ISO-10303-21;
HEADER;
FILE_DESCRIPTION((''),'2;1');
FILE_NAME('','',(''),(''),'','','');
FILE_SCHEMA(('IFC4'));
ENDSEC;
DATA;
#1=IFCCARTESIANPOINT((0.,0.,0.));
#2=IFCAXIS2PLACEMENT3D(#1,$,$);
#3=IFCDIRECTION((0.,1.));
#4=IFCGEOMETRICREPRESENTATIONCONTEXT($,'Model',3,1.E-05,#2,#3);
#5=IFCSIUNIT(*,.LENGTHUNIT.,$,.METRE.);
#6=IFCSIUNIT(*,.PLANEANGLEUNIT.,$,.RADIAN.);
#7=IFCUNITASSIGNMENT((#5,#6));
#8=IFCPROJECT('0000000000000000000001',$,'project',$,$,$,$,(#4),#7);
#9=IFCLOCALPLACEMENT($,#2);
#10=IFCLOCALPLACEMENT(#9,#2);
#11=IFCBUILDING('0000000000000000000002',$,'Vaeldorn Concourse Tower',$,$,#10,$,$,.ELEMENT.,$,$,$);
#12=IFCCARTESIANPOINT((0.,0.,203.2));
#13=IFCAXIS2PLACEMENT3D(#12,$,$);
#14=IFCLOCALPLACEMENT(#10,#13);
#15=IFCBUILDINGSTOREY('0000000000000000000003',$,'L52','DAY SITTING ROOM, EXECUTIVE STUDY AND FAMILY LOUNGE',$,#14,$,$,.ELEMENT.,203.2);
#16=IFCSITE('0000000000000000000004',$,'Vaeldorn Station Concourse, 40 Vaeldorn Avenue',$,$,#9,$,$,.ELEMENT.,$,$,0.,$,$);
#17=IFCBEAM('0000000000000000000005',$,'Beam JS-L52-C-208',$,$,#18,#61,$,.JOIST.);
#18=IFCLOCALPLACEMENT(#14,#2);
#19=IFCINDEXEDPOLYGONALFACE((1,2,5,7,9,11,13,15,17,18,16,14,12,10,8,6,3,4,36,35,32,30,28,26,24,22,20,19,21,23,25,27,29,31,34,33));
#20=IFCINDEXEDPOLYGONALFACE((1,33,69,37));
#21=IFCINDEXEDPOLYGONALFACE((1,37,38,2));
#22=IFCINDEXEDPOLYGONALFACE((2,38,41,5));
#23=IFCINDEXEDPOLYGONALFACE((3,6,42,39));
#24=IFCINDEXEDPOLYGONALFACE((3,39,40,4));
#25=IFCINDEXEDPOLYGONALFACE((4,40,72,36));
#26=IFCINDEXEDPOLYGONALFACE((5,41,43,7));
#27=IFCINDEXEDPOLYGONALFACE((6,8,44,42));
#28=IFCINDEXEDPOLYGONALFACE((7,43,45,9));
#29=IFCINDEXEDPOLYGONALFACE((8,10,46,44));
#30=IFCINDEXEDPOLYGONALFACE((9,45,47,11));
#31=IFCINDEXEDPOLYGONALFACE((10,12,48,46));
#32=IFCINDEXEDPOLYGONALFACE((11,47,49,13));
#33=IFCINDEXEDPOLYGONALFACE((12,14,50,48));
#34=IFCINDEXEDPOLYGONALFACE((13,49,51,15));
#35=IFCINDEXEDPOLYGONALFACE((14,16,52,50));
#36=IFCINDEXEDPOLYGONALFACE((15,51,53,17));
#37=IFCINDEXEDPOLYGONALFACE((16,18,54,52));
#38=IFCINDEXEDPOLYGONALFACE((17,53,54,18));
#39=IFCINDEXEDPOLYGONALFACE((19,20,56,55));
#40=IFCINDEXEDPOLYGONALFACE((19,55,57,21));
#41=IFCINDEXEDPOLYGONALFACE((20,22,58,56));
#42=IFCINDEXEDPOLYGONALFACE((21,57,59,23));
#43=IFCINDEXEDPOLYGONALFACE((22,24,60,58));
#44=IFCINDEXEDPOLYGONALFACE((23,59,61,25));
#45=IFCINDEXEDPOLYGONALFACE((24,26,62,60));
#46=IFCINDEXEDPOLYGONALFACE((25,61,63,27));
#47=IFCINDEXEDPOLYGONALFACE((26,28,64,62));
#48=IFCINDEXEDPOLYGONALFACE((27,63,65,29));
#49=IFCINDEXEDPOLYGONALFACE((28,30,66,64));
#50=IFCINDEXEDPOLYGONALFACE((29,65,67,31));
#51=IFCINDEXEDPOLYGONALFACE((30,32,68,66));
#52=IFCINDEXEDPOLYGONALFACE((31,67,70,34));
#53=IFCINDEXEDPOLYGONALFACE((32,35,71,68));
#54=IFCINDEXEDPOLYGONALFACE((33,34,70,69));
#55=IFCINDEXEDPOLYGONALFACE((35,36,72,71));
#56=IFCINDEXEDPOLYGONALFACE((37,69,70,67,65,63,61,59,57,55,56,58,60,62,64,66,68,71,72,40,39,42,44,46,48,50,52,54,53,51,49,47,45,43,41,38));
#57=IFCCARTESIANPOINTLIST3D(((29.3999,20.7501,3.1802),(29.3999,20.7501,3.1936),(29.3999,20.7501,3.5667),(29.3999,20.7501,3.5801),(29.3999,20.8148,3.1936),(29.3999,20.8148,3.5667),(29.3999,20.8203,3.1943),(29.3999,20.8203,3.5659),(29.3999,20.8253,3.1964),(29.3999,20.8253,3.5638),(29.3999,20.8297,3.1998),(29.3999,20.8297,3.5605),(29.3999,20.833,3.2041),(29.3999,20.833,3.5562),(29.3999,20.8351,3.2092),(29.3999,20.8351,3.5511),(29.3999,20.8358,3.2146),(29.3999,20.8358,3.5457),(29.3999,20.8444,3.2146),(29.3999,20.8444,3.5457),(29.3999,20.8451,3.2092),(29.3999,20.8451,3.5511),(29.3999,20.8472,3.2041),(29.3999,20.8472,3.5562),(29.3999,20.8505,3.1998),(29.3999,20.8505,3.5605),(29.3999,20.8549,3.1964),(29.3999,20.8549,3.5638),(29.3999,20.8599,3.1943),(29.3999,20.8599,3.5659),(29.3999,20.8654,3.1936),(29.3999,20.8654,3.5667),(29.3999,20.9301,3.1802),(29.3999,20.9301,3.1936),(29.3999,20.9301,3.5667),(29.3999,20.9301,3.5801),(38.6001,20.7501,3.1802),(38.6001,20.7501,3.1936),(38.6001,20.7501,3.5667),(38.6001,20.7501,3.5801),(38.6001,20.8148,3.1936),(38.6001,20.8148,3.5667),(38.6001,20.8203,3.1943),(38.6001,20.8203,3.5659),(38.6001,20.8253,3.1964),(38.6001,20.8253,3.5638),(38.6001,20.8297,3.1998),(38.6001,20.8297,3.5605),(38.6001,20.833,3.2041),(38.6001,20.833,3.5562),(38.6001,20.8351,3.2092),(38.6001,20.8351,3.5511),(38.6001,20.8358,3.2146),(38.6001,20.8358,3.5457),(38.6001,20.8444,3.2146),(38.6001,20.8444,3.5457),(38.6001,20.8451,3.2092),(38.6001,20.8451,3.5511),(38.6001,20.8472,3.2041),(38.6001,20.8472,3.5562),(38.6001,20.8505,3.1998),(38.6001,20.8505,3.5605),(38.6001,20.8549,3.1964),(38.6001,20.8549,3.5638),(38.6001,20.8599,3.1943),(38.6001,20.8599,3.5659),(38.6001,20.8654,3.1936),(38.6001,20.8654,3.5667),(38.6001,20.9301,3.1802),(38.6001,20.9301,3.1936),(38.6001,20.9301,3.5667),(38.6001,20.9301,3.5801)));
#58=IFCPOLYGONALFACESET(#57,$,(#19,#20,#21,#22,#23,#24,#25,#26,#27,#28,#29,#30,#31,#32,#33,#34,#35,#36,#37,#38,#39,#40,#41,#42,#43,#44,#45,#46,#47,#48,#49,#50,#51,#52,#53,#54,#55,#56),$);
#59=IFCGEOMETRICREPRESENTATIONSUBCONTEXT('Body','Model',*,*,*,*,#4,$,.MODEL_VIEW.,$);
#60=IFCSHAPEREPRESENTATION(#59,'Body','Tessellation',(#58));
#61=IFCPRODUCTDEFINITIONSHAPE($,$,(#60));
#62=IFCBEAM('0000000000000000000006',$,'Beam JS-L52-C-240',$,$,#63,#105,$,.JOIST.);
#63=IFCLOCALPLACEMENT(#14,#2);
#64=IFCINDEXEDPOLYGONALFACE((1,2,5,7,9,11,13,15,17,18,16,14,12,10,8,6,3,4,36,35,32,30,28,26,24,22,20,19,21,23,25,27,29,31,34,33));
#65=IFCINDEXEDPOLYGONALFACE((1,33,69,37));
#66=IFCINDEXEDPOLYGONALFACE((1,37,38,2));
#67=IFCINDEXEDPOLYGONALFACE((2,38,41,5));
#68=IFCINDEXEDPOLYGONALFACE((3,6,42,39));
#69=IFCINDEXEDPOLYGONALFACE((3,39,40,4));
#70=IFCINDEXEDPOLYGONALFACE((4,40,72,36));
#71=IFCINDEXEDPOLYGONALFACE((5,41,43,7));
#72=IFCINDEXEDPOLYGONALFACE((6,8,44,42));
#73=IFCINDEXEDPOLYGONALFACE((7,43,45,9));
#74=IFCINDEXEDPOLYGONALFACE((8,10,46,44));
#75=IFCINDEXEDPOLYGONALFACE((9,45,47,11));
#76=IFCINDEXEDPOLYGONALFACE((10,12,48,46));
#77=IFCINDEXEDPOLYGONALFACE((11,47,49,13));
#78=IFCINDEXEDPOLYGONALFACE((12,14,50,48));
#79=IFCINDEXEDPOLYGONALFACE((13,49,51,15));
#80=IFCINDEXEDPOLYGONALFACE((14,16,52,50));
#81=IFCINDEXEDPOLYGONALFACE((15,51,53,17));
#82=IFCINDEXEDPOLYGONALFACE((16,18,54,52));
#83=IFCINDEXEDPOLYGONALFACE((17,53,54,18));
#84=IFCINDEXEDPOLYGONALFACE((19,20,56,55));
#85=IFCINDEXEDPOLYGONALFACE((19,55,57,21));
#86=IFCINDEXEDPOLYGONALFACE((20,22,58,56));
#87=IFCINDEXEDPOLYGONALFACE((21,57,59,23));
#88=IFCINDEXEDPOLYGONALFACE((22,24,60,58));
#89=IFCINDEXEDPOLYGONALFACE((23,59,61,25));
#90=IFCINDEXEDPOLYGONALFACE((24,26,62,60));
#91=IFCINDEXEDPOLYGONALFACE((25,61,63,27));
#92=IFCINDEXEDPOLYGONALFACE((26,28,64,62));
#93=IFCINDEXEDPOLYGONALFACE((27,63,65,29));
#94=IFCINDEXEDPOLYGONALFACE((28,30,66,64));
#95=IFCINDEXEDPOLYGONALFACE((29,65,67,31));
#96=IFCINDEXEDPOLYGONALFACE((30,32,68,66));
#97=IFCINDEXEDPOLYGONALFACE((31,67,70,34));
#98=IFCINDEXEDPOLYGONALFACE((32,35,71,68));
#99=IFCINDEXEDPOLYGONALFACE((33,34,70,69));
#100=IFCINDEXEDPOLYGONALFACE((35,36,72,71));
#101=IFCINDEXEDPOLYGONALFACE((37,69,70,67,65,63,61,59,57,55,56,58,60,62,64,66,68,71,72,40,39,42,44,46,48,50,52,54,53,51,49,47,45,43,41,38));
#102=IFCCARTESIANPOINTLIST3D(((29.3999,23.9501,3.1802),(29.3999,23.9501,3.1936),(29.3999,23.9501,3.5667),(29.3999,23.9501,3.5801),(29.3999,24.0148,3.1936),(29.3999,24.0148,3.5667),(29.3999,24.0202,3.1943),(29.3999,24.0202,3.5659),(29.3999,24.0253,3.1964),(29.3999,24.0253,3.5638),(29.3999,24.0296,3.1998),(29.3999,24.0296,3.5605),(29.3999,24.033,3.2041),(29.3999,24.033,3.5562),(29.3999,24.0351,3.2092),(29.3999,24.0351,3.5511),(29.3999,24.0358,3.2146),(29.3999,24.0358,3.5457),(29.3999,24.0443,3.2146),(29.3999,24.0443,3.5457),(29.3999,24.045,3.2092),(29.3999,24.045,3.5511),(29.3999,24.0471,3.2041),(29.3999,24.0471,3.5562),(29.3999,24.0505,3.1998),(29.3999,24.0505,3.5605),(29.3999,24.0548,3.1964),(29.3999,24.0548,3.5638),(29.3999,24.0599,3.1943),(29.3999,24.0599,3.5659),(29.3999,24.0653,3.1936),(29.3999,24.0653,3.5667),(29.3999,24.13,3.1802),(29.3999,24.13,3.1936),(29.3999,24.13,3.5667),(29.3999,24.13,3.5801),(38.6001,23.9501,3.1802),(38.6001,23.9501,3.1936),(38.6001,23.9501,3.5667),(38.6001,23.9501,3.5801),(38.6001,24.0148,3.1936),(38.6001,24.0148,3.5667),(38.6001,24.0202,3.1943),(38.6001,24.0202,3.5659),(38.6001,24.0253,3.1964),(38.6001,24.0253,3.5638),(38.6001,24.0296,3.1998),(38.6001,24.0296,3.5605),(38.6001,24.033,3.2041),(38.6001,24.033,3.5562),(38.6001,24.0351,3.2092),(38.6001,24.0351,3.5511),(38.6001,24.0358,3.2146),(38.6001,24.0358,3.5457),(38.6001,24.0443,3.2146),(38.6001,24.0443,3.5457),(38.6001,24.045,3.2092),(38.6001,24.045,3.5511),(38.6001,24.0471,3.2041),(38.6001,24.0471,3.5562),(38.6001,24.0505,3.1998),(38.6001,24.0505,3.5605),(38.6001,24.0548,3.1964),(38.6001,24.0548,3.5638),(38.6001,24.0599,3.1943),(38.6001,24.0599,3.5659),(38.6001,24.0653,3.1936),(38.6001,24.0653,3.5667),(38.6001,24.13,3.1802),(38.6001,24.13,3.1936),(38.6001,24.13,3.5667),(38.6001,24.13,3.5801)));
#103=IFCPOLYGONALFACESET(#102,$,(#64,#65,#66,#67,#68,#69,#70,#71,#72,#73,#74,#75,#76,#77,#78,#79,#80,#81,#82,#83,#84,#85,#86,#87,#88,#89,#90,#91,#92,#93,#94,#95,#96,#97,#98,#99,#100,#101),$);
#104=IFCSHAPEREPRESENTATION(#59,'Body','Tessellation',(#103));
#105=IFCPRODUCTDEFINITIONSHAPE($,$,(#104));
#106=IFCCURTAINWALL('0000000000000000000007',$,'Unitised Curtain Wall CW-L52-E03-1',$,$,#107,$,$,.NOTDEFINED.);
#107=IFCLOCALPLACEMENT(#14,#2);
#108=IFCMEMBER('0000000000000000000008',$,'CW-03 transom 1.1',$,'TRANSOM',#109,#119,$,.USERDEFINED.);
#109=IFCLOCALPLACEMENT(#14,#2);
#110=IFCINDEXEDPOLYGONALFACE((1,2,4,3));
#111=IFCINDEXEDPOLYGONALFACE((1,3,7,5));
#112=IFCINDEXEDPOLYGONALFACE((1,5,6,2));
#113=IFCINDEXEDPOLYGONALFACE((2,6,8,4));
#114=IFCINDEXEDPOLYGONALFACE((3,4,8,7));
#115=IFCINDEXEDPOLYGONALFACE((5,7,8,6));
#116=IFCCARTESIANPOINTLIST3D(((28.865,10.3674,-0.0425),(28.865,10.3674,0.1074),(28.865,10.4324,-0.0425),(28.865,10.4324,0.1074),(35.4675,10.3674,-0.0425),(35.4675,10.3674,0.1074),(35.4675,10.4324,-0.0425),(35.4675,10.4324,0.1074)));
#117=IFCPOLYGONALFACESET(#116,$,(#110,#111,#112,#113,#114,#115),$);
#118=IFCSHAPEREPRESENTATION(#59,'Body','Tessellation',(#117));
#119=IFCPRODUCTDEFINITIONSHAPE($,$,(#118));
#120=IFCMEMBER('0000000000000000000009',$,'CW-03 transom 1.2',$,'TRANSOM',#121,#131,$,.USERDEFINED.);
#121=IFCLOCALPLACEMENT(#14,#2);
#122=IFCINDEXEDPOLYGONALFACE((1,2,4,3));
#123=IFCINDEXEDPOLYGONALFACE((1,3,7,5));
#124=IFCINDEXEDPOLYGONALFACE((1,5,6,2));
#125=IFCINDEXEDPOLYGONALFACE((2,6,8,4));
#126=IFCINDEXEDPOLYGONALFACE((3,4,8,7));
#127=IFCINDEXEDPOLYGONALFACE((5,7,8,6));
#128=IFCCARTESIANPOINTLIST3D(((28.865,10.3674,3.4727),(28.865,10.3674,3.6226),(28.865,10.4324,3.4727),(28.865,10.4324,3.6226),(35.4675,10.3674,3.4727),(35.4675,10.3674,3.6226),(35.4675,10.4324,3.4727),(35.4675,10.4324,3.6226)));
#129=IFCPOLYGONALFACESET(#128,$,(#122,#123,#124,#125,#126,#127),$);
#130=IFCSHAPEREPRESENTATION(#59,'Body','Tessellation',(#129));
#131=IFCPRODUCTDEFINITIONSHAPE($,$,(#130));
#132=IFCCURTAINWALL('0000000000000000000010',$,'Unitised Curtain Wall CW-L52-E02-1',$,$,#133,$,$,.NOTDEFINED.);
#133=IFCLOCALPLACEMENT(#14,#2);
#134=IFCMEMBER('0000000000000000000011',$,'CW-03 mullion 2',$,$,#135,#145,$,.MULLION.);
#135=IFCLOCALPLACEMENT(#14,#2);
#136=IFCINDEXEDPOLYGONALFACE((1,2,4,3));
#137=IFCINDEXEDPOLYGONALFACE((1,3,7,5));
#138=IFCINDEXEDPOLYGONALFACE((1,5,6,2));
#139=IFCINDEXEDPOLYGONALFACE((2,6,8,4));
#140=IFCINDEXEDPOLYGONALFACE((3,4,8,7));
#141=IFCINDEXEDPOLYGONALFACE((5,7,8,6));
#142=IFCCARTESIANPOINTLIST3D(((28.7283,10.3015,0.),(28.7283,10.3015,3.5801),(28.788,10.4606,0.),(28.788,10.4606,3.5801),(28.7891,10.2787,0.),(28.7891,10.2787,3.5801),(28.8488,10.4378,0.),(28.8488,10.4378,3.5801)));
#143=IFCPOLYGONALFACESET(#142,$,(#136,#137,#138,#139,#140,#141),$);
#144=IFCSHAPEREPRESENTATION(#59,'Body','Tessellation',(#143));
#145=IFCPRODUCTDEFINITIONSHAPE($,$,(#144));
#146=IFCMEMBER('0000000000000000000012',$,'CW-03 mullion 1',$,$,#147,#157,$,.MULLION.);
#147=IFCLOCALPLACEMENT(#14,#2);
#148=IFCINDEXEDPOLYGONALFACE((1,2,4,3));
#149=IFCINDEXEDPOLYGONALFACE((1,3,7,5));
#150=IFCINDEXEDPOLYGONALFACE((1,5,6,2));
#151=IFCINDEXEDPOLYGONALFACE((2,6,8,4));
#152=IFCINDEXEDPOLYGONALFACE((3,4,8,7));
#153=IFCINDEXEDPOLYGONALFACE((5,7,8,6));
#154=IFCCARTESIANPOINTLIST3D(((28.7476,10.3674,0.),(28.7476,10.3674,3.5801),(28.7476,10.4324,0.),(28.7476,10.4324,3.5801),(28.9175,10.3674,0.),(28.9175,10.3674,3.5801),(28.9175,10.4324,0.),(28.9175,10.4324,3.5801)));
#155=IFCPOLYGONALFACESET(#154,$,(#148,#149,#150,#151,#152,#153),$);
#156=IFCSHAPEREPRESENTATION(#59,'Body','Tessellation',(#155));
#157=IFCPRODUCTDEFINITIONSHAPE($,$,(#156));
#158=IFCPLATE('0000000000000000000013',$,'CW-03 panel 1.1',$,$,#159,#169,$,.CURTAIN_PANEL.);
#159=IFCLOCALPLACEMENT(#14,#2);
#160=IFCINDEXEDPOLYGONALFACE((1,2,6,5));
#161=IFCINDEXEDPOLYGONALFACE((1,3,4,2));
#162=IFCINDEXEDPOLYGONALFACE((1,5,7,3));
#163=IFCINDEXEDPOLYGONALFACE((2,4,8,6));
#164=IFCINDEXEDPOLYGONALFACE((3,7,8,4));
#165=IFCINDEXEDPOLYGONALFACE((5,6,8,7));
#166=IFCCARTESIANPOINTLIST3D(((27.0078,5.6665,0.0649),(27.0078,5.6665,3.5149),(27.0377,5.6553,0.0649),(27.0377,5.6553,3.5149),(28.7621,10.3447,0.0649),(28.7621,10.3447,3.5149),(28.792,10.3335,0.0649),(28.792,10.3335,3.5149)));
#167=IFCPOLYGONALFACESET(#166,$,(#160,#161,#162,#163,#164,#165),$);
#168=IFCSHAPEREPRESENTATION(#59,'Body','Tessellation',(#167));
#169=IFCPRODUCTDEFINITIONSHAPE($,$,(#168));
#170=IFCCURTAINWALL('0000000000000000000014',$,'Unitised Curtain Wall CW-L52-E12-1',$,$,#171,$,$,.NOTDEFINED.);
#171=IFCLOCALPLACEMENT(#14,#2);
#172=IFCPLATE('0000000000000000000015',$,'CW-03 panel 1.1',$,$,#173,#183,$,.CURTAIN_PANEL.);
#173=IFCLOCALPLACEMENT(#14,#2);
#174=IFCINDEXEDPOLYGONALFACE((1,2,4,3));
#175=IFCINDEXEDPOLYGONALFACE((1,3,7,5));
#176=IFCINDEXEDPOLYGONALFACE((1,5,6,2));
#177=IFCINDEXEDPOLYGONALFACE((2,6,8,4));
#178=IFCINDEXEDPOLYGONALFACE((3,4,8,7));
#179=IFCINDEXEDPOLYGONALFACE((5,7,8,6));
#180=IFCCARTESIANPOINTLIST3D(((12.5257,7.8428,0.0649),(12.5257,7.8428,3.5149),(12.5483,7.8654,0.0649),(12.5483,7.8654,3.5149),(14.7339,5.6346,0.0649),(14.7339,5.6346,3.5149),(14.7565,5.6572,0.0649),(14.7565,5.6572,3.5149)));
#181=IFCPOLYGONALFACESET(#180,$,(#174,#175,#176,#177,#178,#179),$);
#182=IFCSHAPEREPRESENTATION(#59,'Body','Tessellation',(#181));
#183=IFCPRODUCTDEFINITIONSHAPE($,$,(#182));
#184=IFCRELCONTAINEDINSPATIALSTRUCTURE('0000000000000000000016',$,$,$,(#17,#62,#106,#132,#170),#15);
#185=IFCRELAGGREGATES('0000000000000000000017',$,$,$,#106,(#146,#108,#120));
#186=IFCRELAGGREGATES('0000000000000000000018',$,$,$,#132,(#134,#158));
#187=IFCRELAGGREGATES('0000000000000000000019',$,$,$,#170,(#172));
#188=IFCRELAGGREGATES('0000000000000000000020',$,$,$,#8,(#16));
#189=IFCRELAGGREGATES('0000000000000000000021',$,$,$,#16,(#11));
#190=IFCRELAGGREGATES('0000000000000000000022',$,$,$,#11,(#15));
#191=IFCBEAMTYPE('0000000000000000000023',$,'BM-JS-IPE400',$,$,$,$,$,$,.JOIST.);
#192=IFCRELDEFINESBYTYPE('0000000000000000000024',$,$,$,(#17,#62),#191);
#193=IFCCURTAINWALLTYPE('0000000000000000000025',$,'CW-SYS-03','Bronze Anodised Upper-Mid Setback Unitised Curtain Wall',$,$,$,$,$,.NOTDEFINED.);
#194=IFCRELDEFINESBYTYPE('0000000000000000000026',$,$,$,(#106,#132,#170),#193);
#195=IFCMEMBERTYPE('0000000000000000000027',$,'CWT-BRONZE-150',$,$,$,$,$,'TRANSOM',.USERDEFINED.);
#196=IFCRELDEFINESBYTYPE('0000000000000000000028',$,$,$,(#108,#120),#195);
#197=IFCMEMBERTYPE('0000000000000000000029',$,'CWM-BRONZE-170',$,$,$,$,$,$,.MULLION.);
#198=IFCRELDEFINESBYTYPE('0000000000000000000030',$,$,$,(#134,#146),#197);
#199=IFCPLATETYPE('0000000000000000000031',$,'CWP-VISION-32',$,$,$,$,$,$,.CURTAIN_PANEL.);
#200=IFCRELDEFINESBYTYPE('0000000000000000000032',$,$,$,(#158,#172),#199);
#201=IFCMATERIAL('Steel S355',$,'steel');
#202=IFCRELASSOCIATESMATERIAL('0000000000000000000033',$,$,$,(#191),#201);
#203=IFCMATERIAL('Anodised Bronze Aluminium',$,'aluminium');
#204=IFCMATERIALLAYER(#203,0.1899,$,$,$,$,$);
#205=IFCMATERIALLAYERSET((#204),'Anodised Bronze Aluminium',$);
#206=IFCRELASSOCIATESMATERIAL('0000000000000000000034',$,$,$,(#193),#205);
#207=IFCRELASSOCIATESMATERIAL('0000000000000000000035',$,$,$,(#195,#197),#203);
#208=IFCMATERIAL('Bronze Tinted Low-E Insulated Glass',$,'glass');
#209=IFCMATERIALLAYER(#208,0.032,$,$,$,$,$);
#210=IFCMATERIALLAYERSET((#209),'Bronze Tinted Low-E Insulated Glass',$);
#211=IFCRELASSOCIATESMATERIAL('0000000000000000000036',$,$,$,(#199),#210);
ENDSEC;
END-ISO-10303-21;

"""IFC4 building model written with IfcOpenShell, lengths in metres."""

from ifc_helpers import new_model, si_unit, direction, frame, origin, origin_2d, place, context, subcontext, project, spatial, rectangle, i_section, extrude, source, transform, mapped, material, layer, layer_set, material_profile, profile_set, type_object, element, aggregate, save


model = new_model("IFC4")

# Units and contexts
model_context = context("Model", 3, precision=1e-05, world=origin(), true_north=direction((0.0, 1.0)))
body_context = subcontext(model_context, "Body", "Model", "MODEL_VIEW")
ifc_project = project(units=[si_unit("LENGTHUNIT", "METRE"), si_unit("PLANEANGLEUNIT", "RADIAN")], contexts=[model_context])

# Site, building, storey
site_placement = place(None, origin())
site = spatial("IfcSite", under=ifc_project, at=site_placement, Name="Vaeldorn Station Concourse, 40 Vaeldorn Avenue", CompositionType="ELEMENT", RefElevation=0.0)
building_placement = place(site_placement, origin())
building = spatial("IfcBuilding", under=site, at=building_placement, Name="Vaeldorn Concourse Tower", CompositionType="ELEMENT")
storey_placement = place(building_placement, frame((0.0, 0.0, 203.2)))
storey = spatial("IfcBuildingStorey", under=building, at=storey_placement, Name="L52", Description="DAY SITTING ROOM, EXECUTIVE STUDY AND FAMILY LOUNGE", CompositionType="ELEMENT", Elevation=203.2)

# Shared definitions
ifc_material_1 = material(Name="Steel S355", Category="steel")

# Beams
ifc_material_profile_1 = material_profile(ifc_material_1, i_section(OverallWidth=0.1799, OverallDepth=0.3999, WebThickness=0.0085, FlangeThickness=0.0134, FilletRadius=0.021, at=origin_2d()), Name="IPE 400")
ifc_profile_set_1 = profile_set([ifc_material_profile_1], Name="Steel S355")
beam_type_1 = type_object("IfcBeamType", Name="BM-JS-IPE400", PredefinedType="JOIST", material=ifc_profile_set_1)
shared_shape_1 = source(origin(), body_context, "Body", "SweptSolid", [
    extrude(i_section(OverallWidth=0.1799, OverallDepth=0.3999, WebThickness=0.0085, FlangeThickness=0.0134, FilletRadius=0.021, at=origin_2d()), origin(), (0.0, 0.0, 1.0), 9.2002),
])
for number, where, z_axis, x_axis, name in (
    (1, (29.3999, 20.8401, 3.3801), (1.0, 0.0, 0.0), (0.0, 1.0, 0.0), "Beam JS-L52-C-208"),
    (2, (29.3999, 24.04, 3.3801), (1.0, 0.0, 0.0), (0.0, 1.0, 0.0), "Beam JS-L52-C-240"),
):
    element("IfcBeam", number, at=place(storey_placement, frame(where, z_axis=z_axis, x_axis=x_axis)), inside=storey, type_object=beam_type_1, Name=name, PredefinedType="JOIST", context=body_context, shape_type="MappedRepresentation", body=[
        mapped(shared_shape_1, transform((0.0, 0.0, 0.0), scale=1.0)),
    ])

# Curtain wall, members
ifc_material_2 = material(Name="Anodised Bronze Aluminium", Category="aluminium")
ifc_layer_1 = layer(ifc_material_2, 0.1899)
ifc_layer_set_1 = layer_set([ifc_layer_1], Name="Anodised Bronze Aluminium")
curtain_wall_type = type_object("IfcCurtainWallType", Name="CW-SYS-03", Description="Bronze Anodised Upper-Mid Setback Unitised Curtain Wall", PredefinedType="NOTDEFINED", material=ifc_layer_set_1)
curtain_wall_1_placement = place(storey_placement, origin())
curtain_wall_1 = element("IfcCurtainWall", 3, at=curtain_wall_1_placement, inside=storey, type_object=curtain_wall_type, Name="Unitised Curtain Wall CW-L52-E03-1", PredefinedType="NOTDEFINED")
ifc_material_profile_2 = material_profile(ifc_material_2, rectangle(XDim=0.0649, YDim=0.1499, at=origin_2d()), Name="CWT 65x150")
ifc_profile_set_2 = profile_set([ifc_material_profile_2], Name="Anodised Bronze Aluminium")
member_type_1 = type_object("IfcMemberType", Name="CWT-BRONZE-150", ElementType="TRANSOM", PredefinedType="USERDEFINED", material=ifc_profile_set_2)
shared_shape_2 = source(origin(), body_context, "Body", "SweptSolid", [
    extrude(rectangle(XDim=0.0649, YDim=0.1499, at=origin_2d()), origin(), (0.0, 0.0, 1.0), 6.6025),
])
member_1_placement = place(storey_placement, frame((28.865, 10.3999, 0.0325), z_axis=(1.0, 0.0, 0.0), x_axis=(0.0, 1.0, 0.0)))
member_1 = element("IfcMember", 4, at=member_1_placement, type_object=member_type_1, Name="CW-03 transom 1.1", ObjectType="TRANSOM", PredefinedType="USERDEFINED", context=body_context, shape_type="MappedRepresentation", body=[
    mapped(shared_shape_2, transform((0.0, 0.0, 0.0), scale=1.0)),
])
member_2_placement = place(storey_placement, frame((28.865, 10.3999, 3.5476), z_axis=(1.0, 0.0, 0.0), x_axis=(0.0, 1.0, 0.0)))
member_2 = element("IfcMember", 5, at=member_2_placement, type_object=member_type_1, Name="CW-03 transom 1.2", ObjectType="TRANSOM", PredefinedType="USERDEFINED", context=body_context, shape_type="MappedRepresentation", body=[
    mapped(shared_shape_2, transform((0.0, 0.0, 0.0), scale=1.0)),
])

# Curtain wall, member
curtain_wall_2_placement = place(storey_placement, origin())
curtain_wall_2 = element("IfcCurtainWall", 6, at=curtain_wall_2_placement, inside=storey, type_object=curtain_wall_type, Name="Unitised Curtain Wall CW-L52-E02-1", PredefinedType="NOTDEFINED")
ifc_material_profile_3 = material_profile(ifc_material_2, rectangle(XDim=0.0649, YDim=0.1699, at=origin_2d()), Name="CWM 65x170")
ifc_profile_set_3 = profile_set([ifc_material_profile_3], Name="Anodised Bronze Aluminium")
member_type_2 = type_object("IfcMemberType", Name="CWM-BRONZE-170", PredefinedType="MULLION", material=ifc_profile_set_3)
shared_shape_3 = source(origin(), body_context, "Body", "SweptSolid", [
    extrude(rectangle(XDim=0.0649, YDim=0.1699, at=origin_2d()), origin(), (0.0, 0.0, 1.0), 3.5801),
])
member_3_placement = place(storey_placement, frame((28.7886, 10.3696, 0.0), z_axis=(0.0, 0.0, 1.0), x_axis=(-0.936329, 0.351123, 0.0)))
member_3 = element("IfcMember", 7, at=member_3_placement, type_object=member_type_2, Name="CW-03 mullion 2", PredefinedType="MULLION", context=body_context, shape_type="MappedRepresentation", body=[
    mapped(shared_shape_3, transform((0.0, 0.0, 0.0), scale=1.0)),
])

# Member
member_4_placement = place(storey_placement, frame((28.8325, 10.3999, 0.0), z_axis=(0.0, 0.0, 1.0), x_axis=(0.0, 1.0, 0.0)))
member_4 = element("IfcMember", 8, at=member_4_placement, type_object=member_type_2, Name="CW-03 mullion 1", PredefinedType="MULLION", context=body_context, shape_type="MappedRepresentation", body=[
    mapped(shared_shape_3, transform((0.0, 0.0, 0.0), scale=1.0)),
])
aggregate(curtain_wall_1, [member_4, member_1, member_2])

# Plate
ifc_material_3 = material(Name="Bronze Tinted Low-E Insulated Glass", Category="glass")
ifc_layer_2 = layer(ifc_material_3, 0.032)
ifc_layer_set_2 = layer_set([ifc_layer_2], Name="Bronze Tinted Low-E Insulated Glass")
plate_type = type_object("IfcPlateType", Name="CWP-VISION-32", PredefinedType="CURTAIN_PANEL", material=ifc_layer_set_2)
shared_shape_4 = source(origin(), body_context, "Body", "SweptSolid", [
    extrude(rectangle(XDim=4.9963, YDim=0.032, at=origin_2d()), origin(), (0.0, 0.0, 1.0), 3.45),
])
plate_1_placement = place(storey_placement, frame((27.8999, 8.0, 0.0649), z_axis=(0.0, 0.0, 1.0), x_axis=(0.351123, 0.936329, 0.0)))
plate_1 = element("IfcPlate", 9, at=plate_1_placement, type_object=plate_type, Name="CW-03 panel 1.1", PredefinedType="CURTAIN_PANEL", context=body_context, shape_type="MappedRepresentation", body=[
    mapped(shared_shape_4, transform((0.0, 0.0, 0.0), scale=1.0)),
])
aggregate(curtain_wall_2, [member_3, plate_1])

# Curtain wall, plate
curtain_wall_3_placement = place(storey_placement, origin())
curtain_wall_3 = element("IfcCurtainWall", 10, at=curtain_wall_3_placement, inside=storey, type_object=curtain_wall_type, Name="Unitised Curtain Wall CW-L52-E12-1", PredefinedType="NOTDEFINED")
shared_shape_5 = source(origin(), body_context, "Body", "SweptSolid", [
    extrude(rectangle(XDim=3.1228, YDim=0.032, at=origin_2d()), origin(), (0.0, 0.0, 1.0), 3.45),
])
plate_2_placement = place(storey_placement, frame((13.6411, 6.75, 0.0649), z_axis=(0.0, 0.0, 1.0), x_axis=(0.707107, -0.707107, 0.0)))
plate_2 = element("IfcPlate", 11, at=plate_2_placement, type_object=plate_type, Name="CW-03 panel 1.1", PredefinedType="CURTAIN_PANEL", context=body_context, shape_type="MappedRepresentation", body=[
    mapped(shared_shape_5, transform((0.0, 0.0, 0.0), scale=1.0)),
])
aggregate(curtain_wall_3, [plate_2])

save(model, "model.ifc")
